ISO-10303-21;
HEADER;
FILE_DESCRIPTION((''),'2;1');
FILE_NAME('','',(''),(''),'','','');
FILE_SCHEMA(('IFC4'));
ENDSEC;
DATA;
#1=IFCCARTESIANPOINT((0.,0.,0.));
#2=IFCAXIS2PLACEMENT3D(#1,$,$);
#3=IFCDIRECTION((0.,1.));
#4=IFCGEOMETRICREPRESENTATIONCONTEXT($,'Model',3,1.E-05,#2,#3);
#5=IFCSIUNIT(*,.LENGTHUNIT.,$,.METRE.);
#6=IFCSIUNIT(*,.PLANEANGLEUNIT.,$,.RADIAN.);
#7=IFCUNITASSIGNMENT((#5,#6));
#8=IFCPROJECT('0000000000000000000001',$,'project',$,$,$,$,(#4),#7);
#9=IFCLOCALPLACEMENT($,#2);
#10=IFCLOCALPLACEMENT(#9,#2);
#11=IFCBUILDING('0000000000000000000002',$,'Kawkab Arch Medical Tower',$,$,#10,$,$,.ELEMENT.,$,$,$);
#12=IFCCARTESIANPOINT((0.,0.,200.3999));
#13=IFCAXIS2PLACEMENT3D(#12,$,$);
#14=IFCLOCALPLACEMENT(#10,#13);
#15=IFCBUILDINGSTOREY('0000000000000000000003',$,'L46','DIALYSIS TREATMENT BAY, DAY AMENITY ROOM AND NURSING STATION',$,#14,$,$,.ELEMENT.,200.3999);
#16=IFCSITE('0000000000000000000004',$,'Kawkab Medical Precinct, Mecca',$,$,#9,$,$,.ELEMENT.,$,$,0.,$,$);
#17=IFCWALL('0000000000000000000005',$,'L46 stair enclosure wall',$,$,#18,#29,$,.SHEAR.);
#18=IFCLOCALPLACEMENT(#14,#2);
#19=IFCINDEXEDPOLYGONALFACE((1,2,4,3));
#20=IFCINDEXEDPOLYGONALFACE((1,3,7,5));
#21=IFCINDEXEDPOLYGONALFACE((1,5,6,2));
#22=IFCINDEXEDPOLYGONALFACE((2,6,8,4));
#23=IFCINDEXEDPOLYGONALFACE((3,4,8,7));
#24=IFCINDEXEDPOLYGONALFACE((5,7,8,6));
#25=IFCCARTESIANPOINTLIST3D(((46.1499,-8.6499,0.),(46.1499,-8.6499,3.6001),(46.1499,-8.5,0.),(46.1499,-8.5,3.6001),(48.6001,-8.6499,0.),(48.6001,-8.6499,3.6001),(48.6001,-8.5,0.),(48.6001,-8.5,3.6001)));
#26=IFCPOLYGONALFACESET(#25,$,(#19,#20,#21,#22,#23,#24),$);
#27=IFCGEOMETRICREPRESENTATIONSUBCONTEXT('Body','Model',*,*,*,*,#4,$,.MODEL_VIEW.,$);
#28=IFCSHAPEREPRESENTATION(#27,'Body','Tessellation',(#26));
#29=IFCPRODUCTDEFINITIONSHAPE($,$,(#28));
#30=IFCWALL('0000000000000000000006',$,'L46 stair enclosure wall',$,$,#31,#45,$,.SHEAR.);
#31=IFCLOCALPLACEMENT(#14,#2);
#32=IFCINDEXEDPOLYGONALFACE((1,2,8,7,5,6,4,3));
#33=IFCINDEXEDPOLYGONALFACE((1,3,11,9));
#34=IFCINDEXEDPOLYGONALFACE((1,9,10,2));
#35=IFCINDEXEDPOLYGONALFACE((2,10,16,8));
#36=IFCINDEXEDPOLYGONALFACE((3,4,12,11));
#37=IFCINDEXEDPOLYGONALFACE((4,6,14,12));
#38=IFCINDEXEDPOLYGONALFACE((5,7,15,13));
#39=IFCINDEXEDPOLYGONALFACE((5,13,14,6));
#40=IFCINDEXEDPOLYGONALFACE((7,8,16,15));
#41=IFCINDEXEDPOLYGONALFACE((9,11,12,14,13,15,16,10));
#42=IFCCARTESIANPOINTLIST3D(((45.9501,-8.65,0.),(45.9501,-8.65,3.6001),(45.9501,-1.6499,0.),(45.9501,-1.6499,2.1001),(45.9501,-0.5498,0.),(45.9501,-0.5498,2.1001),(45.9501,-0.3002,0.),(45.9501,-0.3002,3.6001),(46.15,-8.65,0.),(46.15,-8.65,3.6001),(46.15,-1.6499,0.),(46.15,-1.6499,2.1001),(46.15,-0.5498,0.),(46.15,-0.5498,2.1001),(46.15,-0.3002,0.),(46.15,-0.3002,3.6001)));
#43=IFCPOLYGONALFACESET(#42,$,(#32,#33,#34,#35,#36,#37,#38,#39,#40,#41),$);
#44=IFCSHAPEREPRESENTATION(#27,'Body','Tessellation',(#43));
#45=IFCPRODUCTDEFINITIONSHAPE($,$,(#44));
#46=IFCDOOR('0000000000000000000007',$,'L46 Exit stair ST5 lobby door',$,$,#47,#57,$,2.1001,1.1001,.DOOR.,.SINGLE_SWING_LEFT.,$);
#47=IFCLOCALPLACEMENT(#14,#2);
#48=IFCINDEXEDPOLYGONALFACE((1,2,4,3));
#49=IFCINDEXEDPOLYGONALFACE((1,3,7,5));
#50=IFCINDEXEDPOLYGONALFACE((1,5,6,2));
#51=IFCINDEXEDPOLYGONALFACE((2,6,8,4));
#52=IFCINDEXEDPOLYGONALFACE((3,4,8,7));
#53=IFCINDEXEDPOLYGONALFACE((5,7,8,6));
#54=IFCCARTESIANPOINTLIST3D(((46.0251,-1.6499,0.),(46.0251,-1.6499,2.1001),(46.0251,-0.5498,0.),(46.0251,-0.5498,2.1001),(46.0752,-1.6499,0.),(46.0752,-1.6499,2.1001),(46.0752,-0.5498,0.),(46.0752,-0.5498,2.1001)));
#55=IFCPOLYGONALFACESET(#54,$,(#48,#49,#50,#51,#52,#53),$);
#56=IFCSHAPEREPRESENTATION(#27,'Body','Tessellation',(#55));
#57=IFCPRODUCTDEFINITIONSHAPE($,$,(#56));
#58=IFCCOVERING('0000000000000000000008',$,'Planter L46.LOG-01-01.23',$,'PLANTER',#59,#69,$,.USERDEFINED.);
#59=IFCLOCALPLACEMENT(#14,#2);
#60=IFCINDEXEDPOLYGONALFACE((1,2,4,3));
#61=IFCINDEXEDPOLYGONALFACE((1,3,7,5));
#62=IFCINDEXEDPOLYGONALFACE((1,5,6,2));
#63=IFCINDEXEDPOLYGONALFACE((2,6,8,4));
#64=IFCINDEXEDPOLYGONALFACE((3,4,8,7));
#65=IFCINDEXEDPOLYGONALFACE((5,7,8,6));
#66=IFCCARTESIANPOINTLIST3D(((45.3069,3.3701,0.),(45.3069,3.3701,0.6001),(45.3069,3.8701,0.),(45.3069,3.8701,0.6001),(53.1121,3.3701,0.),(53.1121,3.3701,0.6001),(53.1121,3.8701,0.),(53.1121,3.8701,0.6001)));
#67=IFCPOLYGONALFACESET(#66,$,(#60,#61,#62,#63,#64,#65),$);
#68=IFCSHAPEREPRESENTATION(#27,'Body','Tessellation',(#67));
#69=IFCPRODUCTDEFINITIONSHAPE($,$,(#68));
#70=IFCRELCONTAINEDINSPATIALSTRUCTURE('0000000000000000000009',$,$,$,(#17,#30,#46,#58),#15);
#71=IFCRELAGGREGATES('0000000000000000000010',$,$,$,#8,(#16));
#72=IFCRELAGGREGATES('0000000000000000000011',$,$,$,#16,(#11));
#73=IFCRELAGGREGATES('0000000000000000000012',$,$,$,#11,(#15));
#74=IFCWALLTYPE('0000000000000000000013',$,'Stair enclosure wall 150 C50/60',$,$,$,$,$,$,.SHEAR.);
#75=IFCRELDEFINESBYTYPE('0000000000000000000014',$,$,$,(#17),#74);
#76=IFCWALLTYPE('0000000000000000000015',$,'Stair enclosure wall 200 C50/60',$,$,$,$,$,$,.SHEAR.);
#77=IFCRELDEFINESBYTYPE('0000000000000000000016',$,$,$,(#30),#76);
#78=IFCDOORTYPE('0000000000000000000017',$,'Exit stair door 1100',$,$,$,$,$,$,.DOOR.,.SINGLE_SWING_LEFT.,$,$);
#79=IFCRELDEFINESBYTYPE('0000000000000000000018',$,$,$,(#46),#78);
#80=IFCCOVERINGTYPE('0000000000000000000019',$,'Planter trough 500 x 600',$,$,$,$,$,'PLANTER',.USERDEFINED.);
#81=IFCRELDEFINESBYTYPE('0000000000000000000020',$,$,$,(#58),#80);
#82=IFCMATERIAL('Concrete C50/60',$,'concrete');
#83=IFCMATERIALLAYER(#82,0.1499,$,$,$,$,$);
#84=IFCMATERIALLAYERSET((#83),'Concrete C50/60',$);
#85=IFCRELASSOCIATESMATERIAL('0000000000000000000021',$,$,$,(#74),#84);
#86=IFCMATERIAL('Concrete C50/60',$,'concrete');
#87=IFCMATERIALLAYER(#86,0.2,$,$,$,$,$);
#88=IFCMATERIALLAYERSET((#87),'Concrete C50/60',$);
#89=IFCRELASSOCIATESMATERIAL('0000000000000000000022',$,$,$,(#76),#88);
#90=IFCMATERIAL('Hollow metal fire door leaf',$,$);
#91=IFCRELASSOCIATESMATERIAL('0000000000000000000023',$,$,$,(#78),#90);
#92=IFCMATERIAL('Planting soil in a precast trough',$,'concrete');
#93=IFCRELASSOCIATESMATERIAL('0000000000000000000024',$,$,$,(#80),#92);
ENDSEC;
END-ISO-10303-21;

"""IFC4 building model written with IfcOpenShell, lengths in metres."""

from ifc_helpers import new_model, si_unit, direction, frame, frame_2d, origin, origin_2d, place, context, subcontext, project, spatial, rectangle, extrude, material, layer, layer_set, material_profile, profile_set, type_object, element, fill, save


model = new_model("IFC4")

# Units and contexts
model_context = context("Model", 3, precision=1e-05, world=origin(), true_north=direction((0.0, 1.0)))
body_context = subcontext(model_context, "Body", "Model", "MODEL_VIEW")
ifc_project = project(units=[si_unit("LENGTHUNIT", "METRE"), si_unit("PLANEANGLEUNIT", "RADIAN")], contexts=[model_context])

# Site, building, storey
site_placement = place(None, origin())
site = spatial("IfcSite", under=ifc_project, at=site_placement, Name="Kawkab Medical Precinct, Mecca", CompositionType="ELEMENT", RefElevation=0.0)
building_placement = place(site_placement, origin())
building = spatial("IfcBuilding", under=site, at=building_placement, Name="Kawkab Arch Medical Tower", CompositionType="ELEMENT")
storey_placement = place(building_placement, frame((0.0, 0.0, 200.3999)))
storey = spatial("IfcBuildingStorey", under=building, at=storey_placement, Name="L46", Description="DIALYSIS TREATMENT BAY, DAY AMENITY ROOM AND NURSING STATION", CompositionType="ELEMENT", Elevation=200.3999)

# Wall
ifc_material_1 = material(Name="Concrete C50/60", Category="concrete")
ifc_layer_1 = layer(ifc_material_1, 0.1499)
ifc_layer_set_1 = layer_set([ifc_layer_1], Name="Concrete C50/60")
wall_type_1 = type_object("IfcWallType", Name="Stair enclosure wall 150 C50/60", PredefinedType="SHEAR", material=ifc_layer_set_1)
for number, where, z_axis, x_axis, name in (
    (1, (46.1499, -8.575, 0.0), (0.0, 0.0, 1.0), (1.0, 0.0, 0.0), "L46 stair enclosure wall"),
):
    element("IfcWall", number, at=place(storey_placement, frame(where, z_axis=z_axis, x_axis=x_axis)), inside=storey, type_object=wall_type_1, Name=name, PredefinedType="SHEAR", context=body_context, shape_type="SweptSolid", body=[
        extrude(rectangle(XDim=2.4502, YDim=0.1499, at=frame_2d((1.2251, 0.0))), origin(), (0.0, 0.0, 1.0), 3.6001),
    ])

# Wall, opening, door
ifc_material_2 = material(Name="Concrete C50/60", Category="concrete")
ifc_layer_2 = layer(ifc_material_2, 0.2)
ifc_layer_set_2 = layer_set([ifc_layer_2], Name="Concrete C50/60")
wall_type_2 = type_object("IfcWallType", Name="Stair enclosure wall 200 C50/60", PredefinedType="SHEAR", material=ifc_layer_set_2)
wall_1_placement = place(storey_placement, frame((46.05, -8.6499, 0.0), z_axis=(0.0, 0.0, 1.0), x_axis=(0.0, 1.0, 0.0)))
wall_1 = element("IfcWall", 2, at=wall_1_placement, inside=storey, type_object=wall_type_2, Name="L46 stair enclosure wall", PredefinedType="SHEAR", context=body_context, shape_type="SweptSolid", body=[
    extrude(rectangle(XDim=8.3499, YDim=0.2, at=frame_2d((4.1748, 0.0))), origin(), (0.0, 0.0, 1.0), 3.6001),
])
opening_1_placement = place(wall_1_placement, frame((7.0, 0.0, 0.0)))
opening_1 = element("IfcOpeningElement", 3, at=opening_1_placement, cuts=wall_1, PredefinedType="OPENING", context=body_context, shape_type="SweptSolid", body=[
    extrude(rectangle(XDim=1.1001, YDim=2.1001, at=frame_2d((0.55, 1.05))), frame((0.0, 0.1099, 0.0), z_axis=(0.0, -1.0, 0.0), x_axis=(1.0, 0.0, 0.0)), (0.0, 0.0, 1.0), 0.22),
])
ifc_material_3 = material(Name="Hollow metal fire door leaf")
door_type_1 = type_object("IfcDoorType", Name="Exit stair door 1100", OperationType="SINGLE_SWING_LEFT", PredefinedType="DOOR", material=ifc_material_3)
door_1_placement = place(opening_1_placement, origin())
door_1 = element("IfcDoor", 4, at=door_1_placement, inside=storey, type_object=door_type_1, Name="L46 Exit stair ST5 lobby door", OperationType="SINGLE_SWING_LEFT", OverallHeight=2.1001, OverallWidth=1.1001, PredefinedType="DOOR", context=body_context, shape_type="SweptSolid", body=[
    extrude(rectangle(XDim=1.1001, YDim=2.1001, at=frame_2d((0.55, 1.05))), frame((0.0, 0.0249, 0.0), z_axis=(0.0, -1.0, 0.0), x_axis=(1.0, 0.0, 0.0)), (0.0, 0.0, 1.0), 0.05),
])
fill(opening_1, door_1)

# Covering
ifc_material_4 = material(Name="Planting soil in a precast trough", Category="concrete")
ifc_material_profile_1 = material_profile(ifc_material_4, rectangle(XDim=0.5, YDim=0.6001, at=origin_2d()), Name="Trough 500x600")
ifc_profile_set_1 = profile_set([ifc_material_profile_1], Name="Planting soil in a precast trough")
covering_type = type_object("IfcCoveringType", Name="Planter trough 500 x 600", ElementType="PLANTER", PredefinedType="USERDEFINED", material=ifc_profile_set_1)
covering_placement = place(storey_placement, frame((45.3069, 3.6201, 0.3), z_axis=(1.0, 0.0, 0.0), x_axis=(0.0, 1.0, 0.0)))
element("IfcCovering", 5, at=covering_placement, inside=storey, type_object=covering_type, Name="Planter L46.LOG-01-01.23", ObjectType="PLANTER", PredefinedType="USERDEFINED", context=body_context, shape_type="SweptSolid", body=[
    extrude(rectangle(XDim=0.5, YDim=0.6001, at=origin_2d()), origin(), (0.0, 0.0, 1.0), 7.8052),
])

save(model, "model.ifc")
